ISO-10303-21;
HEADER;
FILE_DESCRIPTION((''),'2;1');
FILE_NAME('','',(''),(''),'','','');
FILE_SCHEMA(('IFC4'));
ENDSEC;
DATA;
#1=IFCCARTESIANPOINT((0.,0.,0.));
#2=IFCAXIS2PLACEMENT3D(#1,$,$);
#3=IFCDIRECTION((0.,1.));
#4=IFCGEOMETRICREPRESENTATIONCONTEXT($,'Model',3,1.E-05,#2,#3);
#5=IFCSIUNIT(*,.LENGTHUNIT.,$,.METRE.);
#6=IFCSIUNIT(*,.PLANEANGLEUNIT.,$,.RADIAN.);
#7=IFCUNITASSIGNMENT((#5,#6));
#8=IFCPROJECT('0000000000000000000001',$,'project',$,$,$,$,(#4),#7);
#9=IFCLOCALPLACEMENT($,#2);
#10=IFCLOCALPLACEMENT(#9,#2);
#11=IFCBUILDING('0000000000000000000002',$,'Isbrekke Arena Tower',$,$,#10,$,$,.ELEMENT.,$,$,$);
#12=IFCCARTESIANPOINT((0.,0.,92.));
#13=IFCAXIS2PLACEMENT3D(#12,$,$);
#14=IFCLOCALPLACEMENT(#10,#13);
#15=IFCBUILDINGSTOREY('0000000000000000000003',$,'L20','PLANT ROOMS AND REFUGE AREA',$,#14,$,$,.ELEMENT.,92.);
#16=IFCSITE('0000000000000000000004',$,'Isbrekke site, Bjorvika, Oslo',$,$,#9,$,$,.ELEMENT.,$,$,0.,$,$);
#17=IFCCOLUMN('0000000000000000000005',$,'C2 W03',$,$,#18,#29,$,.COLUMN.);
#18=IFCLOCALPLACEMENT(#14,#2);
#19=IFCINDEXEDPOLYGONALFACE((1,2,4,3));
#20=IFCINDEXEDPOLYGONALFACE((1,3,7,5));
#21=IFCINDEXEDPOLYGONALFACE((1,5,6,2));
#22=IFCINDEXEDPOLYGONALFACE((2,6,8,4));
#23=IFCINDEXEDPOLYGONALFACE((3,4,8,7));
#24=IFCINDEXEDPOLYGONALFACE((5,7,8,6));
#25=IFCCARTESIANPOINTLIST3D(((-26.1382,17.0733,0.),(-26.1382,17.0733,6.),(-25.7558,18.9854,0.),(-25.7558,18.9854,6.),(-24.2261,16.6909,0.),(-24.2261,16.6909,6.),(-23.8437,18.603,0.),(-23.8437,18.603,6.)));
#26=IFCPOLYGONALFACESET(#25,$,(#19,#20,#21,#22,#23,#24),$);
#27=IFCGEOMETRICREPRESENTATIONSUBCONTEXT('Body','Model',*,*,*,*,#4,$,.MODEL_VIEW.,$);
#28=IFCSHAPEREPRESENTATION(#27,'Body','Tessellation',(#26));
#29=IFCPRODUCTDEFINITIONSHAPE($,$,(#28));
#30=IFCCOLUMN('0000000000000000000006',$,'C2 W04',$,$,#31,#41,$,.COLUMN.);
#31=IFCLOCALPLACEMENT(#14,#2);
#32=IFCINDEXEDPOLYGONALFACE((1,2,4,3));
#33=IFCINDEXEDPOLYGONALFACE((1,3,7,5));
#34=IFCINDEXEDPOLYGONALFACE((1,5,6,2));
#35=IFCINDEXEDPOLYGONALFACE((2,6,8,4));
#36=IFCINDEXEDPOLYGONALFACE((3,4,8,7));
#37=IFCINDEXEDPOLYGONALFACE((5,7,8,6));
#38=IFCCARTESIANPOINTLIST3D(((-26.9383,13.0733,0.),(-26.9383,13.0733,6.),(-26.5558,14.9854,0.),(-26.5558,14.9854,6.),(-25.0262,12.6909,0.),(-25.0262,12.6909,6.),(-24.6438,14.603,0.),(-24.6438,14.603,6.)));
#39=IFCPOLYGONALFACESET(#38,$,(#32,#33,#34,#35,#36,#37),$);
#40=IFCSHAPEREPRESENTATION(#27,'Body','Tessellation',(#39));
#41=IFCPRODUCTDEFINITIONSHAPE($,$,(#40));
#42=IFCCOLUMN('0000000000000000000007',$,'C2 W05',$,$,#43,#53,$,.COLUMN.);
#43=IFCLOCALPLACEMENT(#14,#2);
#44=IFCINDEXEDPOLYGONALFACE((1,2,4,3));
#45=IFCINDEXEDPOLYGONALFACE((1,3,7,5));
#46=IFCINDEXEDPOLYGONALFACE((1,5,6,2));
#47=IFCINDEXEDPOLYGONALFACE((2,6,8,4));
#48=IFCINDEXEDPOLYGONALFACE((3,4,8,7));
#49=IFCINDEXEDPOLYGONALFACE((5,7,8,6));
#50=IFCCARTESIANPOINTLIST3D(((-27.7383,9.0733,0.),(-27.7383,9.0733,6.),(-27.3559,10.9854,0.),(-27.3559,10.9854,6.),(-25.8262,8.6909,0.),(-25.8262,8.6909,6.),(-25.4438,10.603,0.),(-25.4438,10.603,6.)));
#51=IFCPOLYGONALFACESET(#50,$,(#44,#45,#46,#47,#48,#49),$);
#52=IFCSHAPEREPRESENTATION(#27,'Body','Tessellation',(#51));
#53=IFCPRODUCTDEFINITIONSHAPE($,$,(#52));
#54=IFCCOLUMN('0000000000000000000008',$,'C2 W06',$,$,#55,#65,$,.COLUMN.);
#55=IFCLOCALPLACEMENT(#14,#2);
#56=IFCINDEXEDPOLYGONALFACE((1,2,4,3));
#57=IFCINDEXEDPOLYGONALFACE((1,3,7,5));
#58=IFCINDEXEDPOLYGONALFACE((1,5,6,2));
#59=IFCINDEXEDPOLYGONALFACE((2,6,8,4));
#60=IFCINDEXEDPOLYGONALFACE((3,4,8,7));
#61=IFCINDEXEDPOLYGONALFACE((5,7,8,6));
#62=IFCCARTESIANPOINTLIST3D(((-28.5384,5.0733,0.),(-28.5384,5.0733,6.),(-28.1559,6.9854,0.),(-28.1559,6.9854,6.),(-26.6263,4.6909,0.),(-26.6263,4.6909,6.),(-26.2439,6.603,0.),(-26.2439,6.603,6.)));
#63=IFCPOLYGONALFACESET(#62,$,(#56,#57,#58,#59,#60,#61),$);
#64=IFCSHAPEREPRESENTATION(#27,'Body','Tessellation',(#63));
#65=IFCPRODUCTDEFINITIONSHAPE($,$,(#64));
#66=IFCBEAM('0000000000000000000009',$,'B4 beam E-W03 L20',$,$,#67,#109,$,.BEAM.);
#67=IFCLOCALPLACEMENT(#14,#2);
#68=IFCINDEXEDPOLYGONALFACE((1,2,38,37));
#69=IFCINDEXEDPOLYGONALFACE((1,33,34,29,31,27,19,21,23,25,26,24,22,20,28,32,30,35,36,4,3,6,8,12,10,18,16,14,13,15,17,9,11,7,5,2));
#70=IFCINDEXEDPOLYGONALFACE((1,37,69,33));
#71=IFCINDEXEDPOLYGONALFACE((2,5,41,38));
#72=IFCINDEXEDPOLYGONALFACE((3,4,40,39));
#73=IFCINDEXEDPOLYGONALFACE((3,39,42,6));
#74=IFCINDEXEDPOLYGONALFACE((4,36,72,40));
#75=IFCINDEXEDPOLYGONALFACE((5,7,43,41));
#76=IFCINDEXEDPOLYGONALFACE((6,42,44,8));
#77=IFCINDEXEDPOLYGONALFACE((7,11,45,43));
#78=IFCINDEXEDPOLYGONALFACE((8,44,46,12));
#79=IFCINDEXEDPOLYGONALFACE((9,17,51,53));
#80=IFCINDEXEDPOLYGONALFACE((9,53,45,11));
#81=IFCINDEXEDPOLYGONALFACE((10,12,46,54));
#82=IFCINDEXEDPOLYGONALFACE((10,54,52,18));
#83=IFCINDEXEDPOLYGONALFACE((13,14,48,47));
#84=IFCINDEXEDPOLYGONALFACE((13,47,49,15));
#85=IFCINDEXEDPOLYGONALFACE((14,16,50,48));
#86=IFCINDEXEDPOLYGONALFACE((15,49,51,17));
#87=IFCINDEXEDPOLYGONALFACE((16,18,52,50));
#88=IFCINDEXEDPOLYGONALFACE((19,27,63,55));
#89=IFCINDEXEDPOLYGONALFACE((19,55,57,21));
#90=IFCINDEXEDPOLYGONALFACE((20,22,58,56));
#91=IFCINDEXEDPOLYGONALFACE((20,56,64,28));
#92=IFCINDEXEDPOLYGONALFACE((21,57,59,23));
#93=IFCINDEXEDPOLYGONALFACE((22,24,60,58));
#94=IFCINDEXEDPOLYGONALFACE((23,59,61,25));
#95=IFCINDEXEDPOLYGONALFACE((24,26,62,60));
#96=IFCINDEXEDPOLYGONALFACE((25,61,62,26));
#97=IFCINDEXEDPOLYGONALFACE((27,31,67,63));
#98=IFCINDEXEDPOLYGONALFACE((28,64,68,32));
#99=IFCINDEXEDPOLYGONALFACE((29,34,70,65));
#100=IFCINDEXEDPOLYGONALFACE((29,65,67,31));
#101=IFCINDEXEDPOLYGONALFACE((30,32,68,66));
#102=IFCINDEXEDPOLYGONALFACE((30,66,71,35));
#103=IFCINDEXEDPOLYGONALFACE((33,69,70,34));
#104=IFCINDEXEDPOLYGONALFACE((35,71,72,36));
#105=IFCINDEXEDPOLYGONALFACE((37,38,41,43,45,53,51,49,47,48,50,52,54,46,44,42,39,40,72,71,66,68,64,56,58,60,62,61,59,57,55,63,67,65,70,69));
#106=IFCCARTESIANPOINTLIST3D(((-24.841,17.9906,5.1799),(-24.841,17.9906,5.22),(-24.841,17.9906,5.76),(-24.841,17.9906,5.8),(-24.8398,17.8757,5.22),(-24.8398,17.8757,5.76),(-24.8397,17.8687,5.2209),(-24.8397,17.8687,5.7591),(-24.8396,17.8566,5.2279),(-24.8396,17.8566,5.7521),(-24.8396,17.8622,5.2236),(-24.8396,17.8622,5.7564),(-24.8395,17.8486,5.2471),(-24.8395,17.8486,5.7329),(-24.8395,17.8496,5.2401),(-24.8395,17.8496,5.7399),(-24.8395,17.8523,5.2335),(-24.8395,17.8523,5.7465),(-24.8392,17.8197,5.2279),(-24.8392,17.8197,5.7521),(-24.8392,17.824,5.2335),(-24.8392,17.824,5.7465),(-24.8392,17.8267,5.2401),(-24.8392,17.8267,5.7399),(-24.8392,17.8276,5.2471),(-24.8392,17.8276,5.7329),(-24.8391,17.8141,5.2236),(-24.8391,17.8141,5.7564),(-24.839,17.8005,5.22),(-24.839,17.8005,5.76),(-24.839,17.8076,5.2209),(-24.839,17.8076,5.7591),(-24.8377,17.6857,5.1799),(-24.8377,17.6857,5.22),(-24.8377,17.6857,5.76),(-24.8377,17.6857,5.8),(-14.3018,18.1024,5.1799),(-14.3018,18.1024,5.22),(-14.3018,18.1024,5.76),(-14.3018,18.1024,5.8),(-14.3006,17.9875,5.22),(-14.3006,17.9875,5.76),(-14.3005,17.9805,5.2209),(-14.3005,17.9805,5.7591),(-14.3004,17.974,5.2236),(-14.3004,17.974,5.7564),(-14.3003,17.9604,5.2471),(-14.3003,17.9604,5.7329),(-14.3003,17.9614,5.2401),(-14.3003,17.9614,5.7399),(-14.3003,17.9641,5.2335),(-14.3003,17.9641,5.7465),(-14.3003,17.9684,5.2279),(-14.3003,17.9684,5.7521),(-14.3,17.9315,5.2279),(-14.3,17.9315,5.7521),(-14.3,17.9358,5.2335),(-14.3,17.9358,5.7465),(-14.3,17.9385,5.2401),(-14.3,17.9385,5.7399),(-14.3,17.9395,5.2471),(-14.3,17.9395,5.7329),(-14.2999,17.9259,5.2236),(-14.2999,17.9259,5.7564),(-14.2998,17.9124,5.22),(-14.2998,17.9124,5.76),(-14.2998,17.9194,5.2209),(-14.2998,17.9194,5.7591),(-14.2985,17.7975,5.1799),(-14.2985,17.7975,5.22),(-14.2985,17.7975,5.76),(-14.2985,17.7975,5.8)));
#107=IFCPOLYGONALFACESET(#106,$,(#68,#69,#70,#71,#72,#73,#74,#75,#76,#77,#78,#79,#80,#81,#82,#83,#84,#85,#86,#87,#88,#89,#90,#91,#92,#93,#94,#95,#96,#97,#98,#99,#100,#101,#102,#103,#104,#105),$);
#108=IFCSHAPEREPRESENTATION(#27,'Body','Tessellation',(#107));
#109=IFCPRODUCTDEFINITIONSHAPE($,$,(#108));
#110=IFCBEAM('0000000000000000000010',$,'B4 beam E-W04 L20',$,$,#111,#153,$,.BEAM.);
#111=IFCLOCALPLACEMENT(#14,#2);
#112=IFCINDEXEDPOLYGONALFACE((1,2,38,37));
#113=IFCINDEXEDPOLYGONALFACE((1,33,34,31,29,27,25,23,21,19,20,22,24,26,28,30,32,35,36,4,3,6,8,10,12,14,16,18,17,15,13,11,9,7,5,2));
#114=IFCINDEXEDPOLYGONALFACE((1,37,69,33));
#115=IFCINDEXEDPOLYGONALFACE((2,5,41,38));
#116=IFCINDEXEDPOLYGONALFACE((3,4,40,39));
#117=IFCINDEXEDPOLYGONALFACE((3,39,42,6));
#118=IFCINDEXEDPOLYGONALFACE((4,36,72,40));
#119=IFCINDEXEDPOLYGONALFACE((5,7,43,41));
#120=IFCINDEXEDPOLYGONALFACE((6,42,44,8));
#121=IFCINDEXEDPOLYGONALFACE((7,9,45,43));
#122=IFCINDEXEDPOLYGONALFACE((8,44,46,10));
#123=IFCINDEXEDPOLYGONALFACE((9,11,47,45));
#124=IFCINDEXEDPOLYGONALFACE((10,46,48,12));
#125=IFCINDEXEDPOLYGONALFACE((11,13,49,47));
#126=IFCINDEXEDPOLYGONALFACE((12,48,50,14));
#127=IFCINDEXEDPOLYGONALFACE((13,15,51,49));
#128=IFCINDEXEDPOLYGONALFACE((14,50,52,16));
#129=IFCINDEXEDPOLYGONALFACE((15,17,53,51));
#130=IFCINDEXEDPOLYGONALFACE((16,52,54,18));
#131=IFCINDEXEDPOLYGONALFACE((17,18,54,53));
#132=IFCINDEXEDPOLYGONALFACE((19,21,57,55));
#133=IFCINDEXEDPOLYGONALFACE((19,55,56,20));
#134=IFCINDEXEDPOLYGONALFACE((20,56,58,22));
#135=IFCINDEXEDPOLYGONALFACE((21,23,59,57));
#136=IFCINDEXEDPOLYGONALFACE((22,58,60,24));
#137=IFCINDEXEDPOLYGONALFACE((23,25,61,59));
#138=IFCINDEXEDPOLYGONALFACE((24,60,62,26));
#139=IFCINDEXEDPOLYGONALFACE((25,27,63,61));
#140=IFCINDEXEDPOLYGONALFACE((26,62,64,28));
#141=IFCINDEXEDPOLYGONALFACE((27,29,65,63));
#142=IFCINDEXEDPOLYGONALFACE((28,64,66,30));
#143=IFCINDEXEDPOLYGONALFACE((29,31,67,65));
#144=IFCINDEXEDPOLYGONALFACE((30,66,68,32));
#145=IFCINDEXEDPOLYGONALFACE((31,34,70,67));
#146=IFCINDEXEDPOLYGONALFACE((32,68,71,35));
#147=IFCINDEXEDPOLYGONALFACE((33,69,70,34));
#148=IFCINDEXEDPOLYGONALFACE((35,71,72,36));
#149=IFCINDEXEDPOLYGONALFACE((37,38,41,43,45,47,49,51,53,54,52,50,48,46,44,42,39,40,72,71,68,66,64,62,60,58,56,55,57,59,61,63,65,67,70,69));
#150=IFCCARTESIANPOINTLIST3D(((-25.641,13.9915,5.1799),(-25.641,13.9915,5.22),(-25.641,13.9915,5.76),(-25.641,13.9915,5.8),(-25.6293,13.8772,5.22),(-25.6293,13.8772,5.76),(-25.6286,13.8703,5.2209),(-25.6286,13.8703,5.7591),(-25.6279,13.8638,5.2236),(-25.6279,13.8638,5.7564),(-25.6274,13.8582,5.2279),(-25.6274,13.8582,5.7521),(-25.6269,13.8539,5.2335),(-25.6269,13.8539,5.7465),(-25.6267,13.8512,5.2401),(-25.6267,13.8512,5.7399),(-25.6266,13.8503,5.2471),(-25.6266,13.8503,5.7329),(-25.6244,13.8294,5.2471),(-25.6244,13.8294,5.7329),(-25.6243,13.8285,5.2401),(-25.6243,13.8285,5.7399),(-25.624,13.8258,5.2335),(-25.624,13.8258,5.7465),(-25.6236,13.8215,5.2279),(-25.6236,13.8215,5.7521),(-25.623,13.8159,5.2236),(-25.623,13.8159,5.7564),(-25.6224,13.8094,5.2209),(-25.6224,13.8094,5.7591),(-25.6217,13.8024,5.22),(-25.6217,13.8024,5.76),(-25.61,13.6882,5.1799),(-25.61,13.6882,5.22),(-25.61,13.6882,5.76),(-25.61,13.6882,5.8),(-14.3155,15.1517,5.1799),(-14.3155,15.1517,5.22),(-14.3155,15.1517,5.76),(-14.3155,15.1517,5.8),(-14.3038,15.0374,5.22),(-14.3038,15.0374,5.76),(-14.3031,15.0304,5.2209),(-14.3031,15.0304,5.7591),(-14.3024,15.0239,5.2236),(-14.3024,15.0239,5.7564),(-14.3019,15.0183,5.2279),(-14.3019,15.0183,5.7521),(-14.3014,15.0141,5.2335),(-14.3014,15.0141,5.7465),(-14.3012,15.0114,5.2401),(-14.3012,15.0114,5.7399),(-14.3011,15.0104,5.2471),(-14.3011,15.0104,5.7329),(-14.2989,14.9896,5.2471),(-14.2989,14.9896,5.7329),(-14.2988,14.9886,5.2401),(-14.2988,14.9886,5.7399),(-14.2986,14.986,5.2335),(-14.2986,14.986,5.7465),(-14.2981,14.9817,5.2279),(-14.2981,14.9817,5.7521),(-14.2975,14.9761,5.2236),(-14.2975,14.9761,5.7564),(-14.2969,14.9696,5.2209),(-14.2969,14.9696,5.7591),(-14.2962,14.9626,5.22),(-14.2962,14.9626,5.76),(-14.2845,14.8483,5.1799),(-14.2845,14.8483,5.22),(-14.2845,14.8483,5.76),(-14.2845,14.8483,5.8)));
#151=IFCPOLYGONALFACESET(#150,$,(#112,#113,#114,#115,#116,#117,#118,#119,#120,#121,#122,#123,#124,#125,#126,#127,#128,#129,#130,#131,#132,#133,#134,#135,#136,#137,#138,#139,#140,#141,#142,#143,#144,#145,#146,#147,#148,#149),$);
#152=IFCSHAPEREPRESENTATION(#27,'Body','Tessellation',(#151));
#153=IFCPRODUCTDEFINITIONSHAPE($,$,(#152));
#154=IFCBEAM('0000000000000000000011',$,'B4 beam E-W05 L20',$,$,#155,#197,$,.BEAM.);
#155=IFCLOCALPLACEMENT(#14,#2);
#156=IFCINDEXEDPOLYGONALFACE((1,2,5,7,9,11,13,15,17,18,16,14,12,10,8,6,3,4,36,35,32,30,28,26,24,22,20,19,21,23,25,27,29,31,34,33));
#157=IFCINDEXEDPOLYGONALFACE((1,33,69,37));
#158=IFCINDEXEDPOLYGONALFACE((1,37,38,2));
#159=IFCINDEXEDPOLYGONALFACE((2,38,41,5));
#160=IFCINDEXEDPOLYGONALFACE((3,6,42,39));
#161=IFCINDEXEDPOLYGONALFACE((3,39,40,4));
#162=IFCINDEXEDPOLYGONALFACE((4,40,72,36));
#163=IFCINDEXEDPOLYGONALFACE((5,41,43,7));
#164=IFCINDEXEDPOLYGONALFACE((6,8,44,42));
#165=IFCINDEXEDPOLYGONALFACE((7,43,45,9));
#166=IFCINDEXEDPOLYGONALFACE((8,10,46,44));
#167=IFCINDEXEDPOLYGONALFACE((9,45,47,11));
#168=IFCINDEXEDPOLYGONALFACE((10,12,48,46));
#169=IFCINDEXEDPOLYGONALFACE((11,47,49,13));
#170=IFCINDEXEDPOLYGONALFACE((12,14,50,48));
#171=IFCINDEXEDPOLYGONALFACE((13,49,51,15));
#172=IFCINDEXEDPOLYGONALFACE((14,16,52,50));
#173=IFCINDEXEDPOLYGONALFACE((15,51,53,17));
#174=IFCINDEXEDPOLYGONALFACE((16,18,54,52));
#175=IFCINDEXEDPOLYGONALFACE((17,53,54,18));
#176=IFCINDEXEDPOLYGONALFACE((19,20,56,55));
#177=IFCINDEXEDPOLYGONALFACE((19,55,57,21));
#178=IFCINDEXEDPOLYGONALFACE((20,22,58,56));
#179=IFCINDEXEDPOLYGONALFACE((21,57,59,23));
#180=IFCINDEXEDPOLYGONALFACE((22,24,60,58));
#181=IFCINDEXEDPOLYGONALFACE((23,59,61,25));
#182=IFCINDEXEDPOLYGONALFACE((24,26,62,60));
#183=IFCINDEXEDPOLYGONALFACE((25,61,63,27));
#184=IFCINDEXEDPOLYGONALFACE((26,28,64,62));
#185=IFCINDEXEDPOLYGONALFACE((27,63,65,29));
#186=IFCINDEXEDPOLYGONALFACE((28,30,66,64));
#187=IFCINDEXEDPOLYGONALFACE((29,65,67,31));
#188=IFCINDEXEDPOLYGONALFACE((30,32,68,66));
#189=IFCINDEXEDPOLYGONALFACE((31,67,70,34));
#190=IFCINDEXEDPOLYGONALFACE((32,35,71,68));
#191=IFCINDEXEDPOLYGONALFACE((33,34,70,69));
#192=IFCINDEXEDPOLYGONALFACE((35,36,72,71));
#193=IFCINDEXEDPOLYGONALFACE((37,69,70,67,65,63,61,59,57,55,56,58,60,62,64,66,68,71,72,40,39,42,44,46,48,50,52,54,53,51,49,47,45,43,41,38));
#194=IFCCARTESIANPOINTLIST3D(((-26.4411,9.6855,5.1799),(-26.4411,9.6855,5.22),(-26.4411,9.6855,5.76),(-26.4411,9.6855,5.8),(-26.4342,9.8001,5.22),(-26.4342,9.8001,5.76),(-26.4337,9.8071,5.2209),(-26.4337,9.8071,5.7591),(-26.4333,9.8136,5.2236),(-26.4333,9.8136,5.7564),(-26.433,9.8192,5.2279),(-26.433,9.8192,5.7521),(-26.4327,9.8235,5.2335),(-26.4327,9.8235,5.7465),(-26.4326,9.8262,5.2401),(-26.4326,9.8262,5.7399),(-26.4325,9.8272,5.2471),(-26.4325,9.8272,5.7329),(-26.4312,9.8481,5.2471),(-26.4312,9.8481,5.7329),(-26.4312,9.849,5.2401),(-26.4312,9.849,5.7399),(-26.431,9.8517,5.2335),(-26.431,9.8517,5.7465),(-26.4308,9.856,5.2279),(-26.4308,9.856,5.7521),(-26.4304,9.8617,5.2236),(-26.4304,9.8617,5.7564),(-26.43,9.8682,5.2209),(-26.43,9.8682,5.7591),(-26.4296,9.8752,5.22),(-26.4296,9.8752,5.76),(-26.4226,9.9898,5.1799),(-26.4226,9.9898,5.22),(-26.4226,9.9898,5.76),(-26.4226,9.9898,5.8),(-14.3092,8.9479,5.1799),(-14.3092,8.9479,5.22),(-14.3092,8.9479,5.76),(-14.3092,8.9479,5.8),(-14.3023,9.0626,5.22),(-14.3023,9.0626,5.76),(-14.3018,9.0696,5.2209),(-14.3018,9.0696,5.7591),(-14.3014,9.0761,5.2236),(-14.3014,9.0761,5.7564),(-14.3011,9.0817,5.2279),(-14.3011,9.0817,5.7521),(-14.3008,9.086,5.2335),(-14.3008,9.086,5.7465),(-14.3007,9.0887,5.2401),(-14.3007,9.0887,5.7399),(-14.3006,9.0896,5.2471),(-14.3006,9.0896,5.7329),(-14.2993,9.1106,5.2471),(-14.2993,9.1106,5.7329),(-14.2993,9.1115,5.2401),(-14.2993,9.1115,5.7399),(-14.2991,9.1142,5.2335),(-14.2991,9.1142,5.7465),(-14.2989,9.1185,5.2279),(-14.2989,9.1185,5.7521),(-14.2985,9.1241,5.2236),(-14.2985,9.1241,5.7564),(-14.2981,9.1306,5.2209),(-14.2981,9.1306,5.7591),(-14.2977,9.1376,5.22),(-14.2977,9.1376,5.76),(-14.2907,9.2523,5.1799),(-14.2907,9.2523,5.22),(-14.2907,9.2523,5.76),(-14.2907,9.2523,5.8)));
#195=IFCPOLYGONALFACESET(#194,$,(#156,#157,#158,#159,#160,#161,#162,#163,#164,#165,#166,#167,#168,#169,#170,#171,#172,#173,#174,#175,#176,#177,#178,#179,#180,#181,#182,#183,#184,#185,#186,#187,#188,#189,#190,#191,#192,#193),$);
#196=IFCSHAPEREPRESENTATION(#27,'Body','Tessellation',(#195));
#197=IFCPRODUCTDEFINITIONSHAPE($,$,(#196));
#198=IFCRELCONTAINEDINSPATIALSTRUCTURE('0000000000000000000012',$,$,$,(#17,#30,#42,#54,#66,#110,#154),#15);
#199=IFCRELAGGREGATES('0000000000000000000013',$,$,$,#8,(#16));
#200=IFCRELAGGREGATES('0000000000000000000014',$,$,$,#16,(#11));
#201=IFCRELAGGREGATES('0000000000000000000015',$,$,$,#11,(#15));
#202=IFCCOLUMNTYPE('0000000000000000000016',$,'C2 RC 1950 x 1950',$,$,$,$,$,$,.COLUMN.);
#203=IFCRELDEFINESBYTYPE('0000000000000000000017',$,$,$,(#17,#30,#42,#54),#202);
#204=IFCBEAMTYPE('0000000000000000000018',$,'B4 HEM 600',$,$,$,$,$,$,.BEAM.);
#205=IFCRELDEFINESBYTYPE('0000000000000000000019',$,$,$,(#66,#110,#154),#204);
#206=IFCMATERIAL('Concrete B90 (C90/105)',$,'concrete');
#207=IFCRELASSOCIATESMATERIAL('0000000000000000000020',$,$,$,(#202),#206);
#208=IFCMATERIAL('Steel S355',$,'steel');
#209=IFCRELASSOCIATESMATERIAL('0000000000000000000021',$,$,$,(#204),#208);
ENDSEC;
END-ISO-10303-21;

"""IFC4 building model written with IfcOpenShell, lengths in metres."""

from ifc_helpers import new_model, si_unit, direction, frame, origin, origin_2d, place, context, subcontext, project, spatial, rectangle, i_section, extrude, material, material_profile, profile_set, type_object, element, save


model = new_model("IFC4")

# Units and contexts
model_context = context("Model", 3, precision=1e-05, world=origin(), true_north=direction((0.0, 1.0)))
body_context = subcontext(model_context, "Body", "Model", "MODEL_VIEW")
ifc_project = project(units=[si_unit("LENGTHUNIT", "METRE"), si_unit("PLANEANGLEUNIT", "RADIAN")], contexts=[model_context])

# Site, building, storey
site_placement = place(None, origin())
site = spatial("IfcSite", under=ifc_project, at=site_placement, Name="Isbrekke site, Bjorvika, Oslo", CompositionType="ELEMENT", RefElevation=0.0)
building_placement = place(site_placement, origin())
building = spatial("IfcBuilding", under=site, at=building_placement, Name="Isbrekke Arena Tower", CompositionType="ELEMENT")
storey_placement = place(building_placement, frame((0.0, 0.0, 92.0)))
storey = spatial("IfcBuildingStorey", under=building, at=storey_placement, Name="L20", Description="PLANT ROOMS AND REFUGE AREA", CompositionType="ELEMENT", Elevation=92.0)

# Columns
ifc_material_1 = material(Name="Concrete B90 (C90/105)", Category="concrete")
ifc_material_profile_1 = material_profile(ifc_material_1, rectangle(XDim=1.95, YDim=1.95, at=origin_2d()), Name="RC 1950x1950")
ifc_profile_set_1 = profile_set([ifc_material_profile_1], Name="Concrete B90 (C90/105)")
column_type = type_object("IfcColumnType", Name="C2 RC 1950 x 1950", PredefinedType="COLUMN", material=ifc_profile_set_1)
for number, where, z_axis, x_axis, name in (
    (1, (-24.991, 17.8381, 0.0), (0.0, 0.0, 1.0), (-0.196116, -0.980581, 0.0), "C2 W03"),
    (2, (-25.791, 13.8381, 0.0), (0.0, 0.0, 1.0), (-0.196116, -0.980581, 0.0), "C2 W04"),
    (3, (-26.5911, 9.8381, 0.0), (0.0, 0.0, 1.0), (-0.196116, -0.980581, 0.0), "C2 W05"),
    (4, (-27.3911, 5.8381, 0.0), (0.0, 0.0, 1.0), (-0.196116, -0.980581, 0.0), "C2 W06"),
):
    element("IfcColumn", number, at=place(storey_placement, frame(where, z_axis=z_axis, x_axis=x_axis)), inside=storey, type_object=column_type, Name=name, PredefinedType="COLUMN", context=body_context, shape_type="SweptSolid", body=[
        extrude(rectangle(XDim=1.95, YDim=1.95, at=origin_2d()), origin(), (0.0, 0.0, 1.0), 6.0),
    ])

# Beams
ifc_material_2 = material(Name="Steel S355", Category="steel")
ifc_material_profile_2 = material_profile(ifc_material_2, i_section(OverallWidth=0.3049, OverallDepth=0.6201, WebThickness=0.021, FlangeThickness=0.04, FilletRadius=0.0271, at=origin_2d()), Name="HEM 600")
ifc_profile_set_2 = profile_set([ifc_material_profile_2], Name="Steel S355")
beam_type_1 = type_object("IfcBeamType", Name="B4 HEM 600", PredefinedType="BEAM", material=ifc_profile_set_2)
beam_1_placement = place(storey_placement, frame((-24.8394, 17.8381, 5.49), z_axis=(0.999944, 0.010609, 0.0), x_axis=(-0.010609, 0.999944, 0.0)))
element("IfcBeam", 5, at=beam_1_placement, inside=storey, type_object=beam_type_1, Name="B4 beam E-W03 L20", PredefinedType="BEAM", context=body_context, shape_type="SweptSolid", body=[
    extrude(i_section(OverallWidth=0.3049, OverallDepth=0.6201, WebThickness=0.021, FlangeThickness=0.04, FilletRadius=0.0271, at=origin_2d()), origin(), (0.0, 0.0, 1.0), 10.5398),
])
beam_2_placement = place(storey_placement, frame((-25.6255, 13.8398, 5.49), z_axis=(0.994794, 0.101905, 0.0), x_axis=(-0.101905, 0.994794, 0.0)))
element("IfcBeam", 6, at=beam_2_placement, inside=storey, type_object=beam_type_1, Name="B4 beam E-W04 L20", PredefinedType="BEAM", context=body_context, shape_type="SweptSolid", body=[
    extrude(i_section(OverallWidth=0.3049, OverallDepth=0.6201, WebThickness=0.021, FlangeThickness=0.04, FilletRadius=0.0271, at=origin_2d()), origin(), (0.0, 0.0, 1.0), 11.3848),
])
beam_3_placement = place(storey_placement, frame((-26.4319, 9.8376, 5.49), z_axis=(0.998157, -0.060682, 0.0), x_axis=(0.060682, 0.998157, 0.0)))
element("IfcBeam", 7, at=beam_3_placement, inside=storey, type_object=beam_type_1, Name="B4 beam E-W05 L20", PredefinedType="BEAM", context=body_context, shape_type="SweptSolid", body=[
    extrude(i_section(OverallWidth=0.3049, OverallDepth=0.6201, WebThickness=0.021, FlangeThickness=0.04, FilletRadius=0.0271, at=origin_2d()), origin(), (0.0, 0.0, 1.0), 12.1543),
])

save(model, "model.ifc")
